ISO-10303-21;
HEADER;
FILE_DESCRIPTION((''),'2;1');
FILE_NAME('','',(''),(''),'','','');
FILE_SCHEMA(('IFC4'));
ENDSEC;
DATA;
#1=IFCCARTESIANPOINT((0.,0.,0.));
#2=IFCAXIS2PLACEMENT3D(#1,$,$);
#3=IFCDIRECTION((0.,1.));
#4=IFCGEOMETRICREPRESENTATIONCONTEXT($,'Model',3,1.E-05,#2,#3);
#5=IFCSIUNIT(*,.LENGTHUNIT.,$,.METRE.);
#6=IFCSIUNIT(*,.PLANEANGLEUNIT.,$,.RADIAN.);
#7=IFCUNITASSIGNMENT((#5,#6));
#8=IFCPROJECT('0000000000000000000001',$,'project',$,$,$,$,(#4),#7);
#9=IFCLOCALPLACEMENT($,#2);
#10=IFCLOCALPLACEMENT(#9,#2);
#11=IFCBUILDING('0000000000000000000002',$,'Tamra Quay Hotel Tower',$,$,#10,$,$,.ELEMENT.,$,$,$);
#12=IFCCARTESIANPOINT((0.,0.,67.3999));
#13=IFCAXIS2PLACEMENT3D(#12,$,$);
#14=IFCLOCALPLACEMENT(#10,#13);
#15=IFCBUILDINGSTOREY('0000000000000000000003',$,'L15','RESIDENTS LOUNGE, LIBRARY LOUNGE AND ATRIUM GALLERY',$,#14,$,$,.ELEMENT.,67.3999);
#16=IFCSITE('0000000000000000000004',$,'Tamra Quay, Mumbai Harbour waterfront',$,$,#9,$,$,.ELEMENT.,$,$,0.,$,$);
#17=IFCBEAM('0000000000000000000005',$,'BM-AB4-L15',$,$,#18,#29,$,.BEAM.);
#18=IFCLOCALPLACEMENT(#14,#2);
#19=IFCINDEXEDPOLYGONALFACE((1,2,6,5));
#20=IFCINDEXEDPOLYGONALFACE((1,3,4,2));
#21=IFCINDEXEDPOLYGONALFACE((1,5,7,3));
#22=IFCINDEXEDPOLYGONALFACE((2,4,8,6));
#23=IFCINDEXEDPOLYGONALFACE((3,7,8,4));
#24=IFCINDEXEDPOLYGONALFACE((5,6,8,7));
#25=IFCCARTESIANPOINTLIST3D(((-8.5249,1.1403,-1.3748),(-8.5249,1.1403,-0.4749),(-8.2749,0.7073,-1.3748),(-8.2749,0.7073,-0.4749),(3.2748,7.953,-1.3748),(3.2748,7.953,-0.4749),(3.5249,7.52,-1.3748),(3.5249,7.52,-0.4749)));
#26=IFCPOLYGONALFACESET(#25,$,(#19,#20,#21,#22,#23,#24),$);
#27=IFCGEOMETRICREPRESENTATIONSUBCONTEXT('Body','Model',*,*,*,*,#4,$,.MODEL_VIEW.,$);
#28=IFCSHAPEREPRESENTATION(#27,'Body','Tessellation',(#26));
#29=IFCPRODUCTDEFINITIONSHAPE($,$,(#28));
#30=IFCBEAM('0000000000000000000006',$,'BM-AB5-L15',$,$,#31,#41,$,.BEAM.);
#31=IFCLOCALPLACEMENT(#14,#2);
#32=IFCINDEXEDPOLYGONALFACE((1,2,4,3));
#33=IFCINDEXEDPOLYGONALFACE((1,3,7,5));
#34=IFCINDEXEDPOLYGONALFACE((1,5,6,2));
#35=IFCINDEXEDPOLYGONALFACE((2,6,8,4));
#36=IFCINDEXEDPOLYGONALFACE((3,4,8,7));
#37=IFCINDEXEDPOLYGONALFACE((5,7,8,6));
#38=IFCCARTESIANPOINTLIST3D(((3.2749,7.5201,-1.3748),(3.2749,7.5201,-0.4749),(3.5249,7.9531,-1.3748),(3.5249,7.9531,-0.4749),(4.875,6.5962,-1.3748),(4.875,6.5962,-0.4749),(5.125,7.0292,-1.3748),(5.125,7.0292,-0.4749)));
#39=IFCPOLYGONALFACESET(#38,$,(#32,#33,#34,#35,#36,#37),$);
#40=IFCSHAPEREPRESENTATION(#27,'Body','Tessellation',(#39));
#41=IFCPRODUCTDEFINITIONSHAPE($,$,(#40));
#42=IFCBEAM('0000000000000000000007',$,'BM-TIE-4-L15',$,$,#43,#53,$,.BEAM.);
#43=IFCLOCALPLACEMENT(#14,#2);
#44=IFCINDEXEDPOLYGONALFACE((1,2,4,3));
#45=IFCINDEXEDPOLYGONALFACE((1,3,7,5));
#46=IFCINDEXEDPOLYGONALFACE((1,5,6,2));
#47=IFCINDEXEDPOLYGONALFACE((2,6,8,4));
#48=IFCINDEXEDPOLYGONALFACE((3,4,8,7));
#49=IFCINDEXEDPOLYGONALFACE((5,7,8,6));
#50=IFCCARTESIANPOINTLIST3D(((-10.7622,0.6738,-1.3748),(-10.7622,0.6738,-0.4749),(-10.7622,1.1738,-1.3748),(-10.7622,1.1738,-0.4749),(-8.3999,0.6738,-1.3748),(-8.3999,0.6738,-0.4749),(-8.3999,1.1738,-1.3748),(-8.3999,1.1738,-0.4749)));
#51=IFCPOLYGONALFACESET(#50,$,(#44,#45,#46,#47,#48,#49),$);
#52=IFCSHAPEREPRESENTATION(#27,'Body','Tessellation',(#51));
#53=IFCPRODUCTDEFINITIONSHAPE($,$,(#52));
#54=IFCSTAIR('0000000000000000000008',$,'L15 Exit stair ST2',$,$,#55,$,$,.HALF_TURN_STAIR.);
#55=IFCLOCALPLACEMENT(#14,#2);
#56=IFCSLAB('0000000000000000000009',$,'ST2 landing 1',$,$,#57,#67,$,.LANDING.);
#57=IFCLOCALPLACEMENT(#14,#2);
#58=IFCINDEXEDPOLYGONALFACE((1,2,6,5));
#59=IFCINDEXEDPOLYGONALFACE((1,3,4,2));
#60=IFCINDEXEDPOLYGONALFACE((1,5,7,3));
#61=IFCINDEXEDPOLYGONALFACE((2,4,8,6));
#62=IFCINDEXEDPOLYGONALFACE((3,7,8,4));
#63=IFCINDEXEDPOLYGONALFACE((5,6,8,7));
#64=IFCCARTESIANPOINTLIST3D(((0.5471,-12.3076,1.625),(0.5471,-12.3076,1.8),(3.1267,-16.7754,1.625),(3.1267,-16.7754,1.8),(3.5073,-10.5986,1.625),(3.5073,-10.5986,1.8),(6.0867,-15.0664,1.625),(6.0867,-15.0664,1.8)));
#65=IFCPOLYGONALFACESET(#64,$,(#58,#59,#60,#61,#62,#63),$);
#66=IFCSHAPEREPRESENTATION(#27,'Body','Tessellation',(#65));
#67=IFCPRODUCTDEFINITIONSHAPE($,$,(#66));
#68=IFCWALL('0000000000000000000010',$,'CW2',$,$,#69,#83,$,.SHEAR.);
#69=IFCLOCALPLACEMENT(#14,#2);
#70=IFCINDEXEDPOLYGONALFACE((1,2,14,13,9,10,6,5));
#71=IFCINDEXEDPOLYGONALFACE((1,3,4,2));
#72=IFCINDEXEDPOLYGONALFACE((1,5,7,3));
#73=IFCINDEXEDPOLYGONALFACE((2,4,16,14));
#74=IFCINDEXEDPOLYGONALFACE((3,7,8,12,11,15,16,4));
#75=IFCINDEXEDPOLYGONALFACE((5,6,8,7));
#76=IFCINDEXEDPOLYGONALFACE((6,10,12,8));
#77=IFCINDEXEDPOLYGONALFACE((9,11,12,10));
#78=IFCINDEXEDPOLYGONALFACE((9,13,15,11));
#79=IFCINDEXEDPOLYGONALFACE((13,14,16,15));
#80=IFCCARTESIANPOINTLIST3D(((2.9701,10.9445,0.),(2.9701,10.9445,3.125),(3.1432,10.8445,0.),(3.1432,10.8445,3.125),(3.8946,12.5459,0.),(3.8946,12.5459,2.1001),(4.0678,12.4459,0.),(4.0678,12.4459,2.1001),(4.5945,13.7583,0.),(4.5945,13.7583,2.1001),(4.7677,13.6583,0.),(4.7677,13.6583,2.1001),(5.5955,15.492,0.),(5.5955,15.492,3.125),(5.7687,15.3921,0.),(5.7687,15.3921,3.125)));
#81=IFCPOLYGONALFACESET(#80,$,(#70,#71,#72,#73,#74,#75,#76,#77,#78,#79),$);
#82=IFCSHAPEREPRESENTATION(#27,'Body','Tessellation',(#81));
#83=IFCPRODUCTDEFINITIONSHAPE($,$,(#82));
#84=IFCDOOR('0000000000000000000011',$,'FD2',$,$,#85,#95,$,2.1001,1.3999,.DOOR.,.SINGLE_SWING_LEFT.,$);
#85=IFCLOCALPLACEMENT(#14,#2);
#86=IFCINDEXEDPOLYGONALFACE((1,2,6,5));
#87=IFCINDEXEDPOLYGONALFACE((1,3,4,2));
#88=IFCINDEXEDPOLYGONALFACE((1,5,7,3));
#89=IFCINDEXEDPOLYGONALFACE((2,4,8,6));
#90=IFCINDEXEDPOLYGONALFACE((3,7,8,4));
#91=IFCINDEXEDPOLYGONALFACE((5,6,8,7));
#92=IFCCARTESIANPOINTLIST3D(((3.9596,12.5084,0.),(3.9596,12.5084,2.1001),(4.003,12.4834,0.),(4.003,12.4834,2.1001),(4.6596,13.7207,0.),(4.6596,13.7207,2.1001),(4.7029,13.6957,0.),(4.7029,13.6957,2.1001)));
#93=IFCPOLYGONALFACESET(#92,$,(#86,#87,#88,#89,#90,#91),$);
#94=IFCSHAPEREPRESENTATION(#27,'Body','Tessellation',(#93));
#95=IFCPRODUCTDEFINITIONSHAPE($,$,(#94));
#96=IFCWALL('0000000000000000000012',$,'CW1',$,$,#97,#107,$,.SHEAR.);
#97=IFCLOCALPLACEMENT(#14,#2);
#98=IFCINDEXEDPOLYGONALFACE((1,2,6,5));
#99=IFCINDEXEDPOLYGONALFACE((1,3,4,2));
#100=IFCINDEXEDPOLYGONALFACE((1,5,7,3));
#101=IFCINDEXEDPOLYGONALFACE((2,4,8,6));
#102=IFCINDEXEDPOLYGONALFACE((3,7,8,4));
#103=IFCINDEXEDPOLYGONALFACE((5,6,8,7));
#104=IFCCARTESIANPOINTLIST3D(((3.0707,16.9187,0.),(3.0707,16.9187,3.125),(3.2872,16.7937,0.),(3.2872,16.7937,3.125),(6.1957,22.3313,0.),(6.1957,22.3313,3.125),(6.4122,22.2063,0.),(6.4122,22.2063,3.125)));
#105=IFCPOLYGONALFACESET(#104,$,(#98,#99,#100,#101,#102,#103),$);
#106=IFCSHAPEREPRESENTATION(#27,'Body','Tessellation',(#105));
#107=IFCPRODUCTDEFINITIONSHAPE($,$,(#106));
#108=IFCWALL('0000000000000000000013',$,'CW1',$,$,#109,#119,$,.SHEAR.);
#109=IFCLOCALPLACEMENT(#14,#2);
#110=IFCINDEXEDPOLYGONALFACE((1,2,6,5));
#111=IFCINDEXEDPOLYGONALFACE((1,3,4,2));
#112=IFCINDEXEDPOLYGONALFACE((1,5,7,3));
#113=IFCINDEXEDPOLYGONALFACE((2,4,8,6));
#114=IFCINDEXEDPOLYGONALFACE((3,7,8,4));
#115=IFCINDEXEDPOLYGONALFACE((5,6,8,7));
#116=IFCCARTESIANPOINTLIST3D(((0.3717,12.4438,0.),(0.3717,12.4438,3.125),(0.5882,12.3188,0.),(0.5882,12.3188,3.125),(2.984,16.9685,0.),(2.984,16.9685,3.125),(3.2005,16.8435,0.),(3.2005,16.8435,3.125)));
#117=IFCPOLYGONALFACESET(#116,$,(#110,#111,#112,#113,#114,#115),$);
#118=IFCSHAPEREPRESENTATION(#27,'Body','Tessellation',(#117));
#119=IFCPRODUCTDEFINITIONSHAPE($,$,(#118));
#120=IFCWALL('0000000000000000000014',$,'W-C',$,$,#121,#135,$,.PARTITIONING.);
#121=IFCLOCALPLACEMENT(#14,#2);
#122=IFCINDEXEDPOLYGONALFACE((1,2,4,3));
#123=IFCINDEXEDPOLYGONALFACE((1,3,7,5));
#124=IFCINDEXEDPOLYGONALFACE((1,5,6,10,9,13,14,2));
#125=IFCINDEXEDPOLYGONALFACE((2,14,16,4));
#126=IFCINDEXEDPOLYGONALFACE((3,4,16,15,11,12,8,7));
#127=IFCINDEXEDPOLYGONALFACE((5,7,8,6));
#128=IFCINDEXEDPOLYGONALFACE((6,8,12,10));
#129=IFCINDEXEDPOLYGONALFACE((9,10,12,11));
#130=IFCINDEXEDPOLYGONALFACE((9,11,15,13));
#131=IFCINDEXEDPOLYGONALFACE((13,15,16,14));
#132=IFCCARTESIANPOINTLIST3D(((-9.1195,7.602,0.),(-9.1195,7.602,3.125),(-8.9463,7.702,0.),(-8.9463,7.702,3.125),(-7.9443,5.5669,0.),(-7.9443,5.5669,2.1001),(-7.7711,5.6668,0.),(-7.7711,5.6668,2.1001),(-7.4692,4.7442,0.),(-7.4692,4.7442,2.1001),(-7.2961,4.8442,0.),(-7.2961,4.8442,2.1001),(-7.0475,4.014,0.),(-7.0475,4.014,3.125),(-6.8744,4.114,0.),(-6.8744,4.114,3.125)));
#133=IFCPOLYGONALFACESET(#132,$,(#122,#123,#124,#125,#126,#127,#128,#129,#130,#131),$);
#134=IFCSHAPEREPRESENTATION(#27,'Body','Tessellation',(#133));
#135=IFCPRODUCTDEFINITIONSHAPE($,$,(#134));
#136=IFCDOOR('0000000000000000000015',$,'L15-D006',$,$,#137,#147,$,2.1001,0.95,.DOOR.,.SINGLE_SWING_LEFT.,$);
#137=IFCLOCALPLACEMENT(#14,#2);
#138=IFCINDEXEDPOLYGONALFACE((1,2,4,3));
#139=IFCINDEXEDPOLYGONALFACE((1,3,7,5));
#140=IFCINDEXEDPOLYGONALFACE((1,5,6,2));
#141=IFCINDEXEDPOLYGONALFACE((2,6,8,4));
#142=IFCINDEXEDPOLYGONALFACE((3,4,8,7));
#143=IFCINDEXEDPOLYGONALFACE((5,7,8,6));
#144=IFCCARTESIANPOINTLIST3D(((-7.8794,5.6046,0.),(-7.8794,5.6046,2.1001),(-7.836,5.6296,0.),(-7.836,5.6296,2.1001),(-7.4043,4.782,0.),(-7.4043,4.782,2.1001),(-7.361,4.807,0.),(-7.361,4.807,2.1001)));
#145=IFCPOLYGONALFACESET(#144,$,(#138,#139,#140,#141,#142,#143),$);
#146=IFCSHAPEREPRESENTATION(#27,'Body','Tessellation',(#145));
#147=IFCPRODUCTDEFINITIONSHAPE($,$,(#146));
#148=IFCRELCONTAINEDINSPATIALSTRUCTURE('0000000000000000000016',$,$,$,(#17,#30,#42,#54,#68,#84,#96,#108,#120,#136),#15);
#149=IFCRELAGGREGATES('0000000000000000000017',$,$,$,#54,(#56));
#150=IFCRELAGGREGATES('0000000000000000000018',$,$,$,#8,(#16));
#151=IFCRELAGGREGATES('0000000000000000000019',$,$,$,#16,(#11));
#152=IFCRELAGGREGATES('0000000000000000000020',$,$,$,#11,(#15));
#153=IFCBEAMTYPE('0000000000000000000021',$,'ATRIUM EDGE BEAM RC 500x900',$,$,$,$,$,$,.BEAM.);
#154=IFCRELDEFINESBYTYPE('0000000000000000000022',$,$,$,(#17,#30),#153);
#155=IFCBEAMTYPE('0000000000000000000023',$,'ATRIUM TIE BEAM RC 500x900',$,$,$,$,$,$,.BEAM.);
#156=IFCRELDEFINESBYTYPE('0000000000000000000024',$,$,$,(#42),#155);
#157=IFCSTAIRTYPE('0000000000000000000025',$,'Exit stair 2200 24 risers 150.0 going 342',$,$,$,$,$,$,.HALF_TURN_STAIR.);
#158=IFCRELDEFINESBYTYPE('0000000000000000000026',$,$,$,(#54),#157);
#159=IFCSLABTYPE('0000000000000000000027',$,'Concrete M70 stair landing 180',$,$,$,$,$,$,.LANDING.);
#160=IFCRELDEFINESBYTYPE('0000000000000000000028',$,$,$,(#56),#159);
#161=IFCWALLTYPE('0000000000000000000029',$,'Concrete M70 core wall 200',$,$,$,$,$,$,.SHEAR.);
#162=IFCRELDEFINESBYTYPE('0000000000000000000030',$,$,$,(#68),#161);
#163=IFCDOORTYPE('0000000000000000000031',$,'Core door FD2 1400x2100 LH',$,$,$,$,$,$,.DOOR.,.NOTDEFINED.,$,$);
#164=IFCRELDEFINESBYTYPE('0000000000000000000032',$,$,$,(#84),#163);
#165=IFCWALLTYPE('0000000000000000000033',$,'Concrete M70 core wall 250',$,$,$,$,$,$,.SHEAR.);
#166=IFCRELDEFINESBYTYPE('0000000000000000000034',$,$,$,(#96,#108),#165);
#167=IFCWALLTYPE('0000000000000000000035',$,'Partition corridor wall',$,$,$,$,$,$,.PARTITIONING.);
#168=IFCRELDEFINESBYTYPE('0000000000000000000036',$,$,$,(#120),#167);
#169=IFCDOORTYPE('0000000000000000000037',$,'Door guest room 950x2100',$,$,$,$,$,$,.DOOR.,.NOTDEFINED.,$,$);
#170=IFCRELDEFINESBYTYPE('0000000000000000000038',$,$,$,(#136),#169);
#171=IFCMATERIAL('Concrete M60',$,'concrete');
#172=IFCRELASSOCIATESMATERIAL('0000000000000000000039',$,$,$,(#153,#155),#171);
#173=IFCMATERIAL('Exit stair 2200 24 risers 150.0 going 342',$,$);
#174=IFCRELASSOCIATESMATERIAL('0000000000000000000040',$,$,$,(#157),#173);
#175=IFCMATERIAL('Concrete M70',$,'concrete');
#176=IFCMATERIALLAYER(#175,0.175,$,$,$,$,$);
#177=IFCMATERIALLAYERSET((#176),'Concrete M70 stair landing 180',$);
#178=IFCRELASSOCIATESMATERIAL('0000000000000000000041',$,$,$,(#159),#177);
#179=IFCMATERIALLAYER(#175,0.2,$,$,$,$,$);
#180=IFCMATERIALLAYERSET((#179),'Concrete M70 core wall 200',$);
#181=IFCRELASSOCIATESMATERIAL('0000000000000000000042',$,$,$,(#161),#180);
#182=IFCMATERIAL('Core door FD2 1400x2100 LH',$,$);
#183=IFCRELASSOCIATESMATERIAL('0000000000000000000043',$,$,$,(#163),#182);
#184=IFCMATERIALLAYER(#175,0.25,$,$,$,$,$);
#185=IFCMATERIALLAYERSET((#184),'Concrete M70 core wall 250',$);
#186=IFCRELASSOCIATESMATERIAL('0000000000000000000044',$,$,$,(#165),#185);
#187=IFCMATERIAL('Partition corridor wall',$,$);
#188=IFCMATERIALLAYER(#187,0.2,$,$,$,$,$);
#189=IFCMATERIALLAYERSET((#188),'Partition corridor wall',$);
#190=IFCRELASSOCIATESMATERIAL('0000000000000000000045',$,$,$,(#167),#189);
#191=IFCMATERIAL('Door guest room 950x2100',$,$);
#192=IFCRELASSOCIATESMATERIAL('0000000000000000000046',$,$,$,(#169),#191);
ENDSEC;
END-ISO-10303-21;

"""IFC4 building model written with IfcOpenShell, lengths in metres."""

from ifc_helpers import new_model, si_unit, direction, frame, frame_2d, origin, origin_2d, place, context, subcontext, project, spatial, polyline, rectangle, outline, extrude, material, layer, layer_set, material_profile, profile_set, type_object, element, fill, aggregate, save


model = new_model("IFC4")

# Units and contexts
model_context = context("Model", 3, precision=1e-05, world=origin(), true_north=direction((0.0, 1.0)))
body_context = subcontext(model_context, "Body", "Model", "MODEL_VIEW")
ifc_project = project(units=[si_unit("LENGTHUNIT", "METRE"), si_unit("PLANEANGLEUNIT", "RADIAN")], contexts=[model_context])

# Site, building, storey
site_placement = place(None, origin())
site = spatial("IfcSite", under=ifc_project, at=site_placement, Name="Tamra Quay, Mumbai Harbour waterfront", CompositionType="ELEMENT", RefElevation=0.0)
building_placement = place(site_placement, origin())
building = spatial("IfcBuilding", under=site, at=building_placement, Name="Tamra Quay Hotel Tower", CompositionType="ELEMENT")
storey_placement = place(building_placement, frame((0.0, 0.0, 67.3999)))
storey = spatial("IfcBuildingStorey", under=building, at=storey_placement, Name="L15", Description="RESIDENTS LOUNGE, LIBRARY LOUNGE AND ATRIUM GALLERY", CompositionType="ELEMENT", Elevation=67.3999)

# Beams
ifc_material_1 = material(Name="Concrete M60", Category="concrete")
ifc_material_profile_1 = material_profile(ifc_material_1, rectangle(XDim=0.5, YDim=0.8999, at=origin_2d()), Name="ATRIUM EDGE BEAM RC 500x900")
ifc_profile_set_1 = profile_set([ifc_material_profile_1], Name="Concrete M60")
beam_type_1 = type_object("IfcBeamType", Name="ATRIUM EDGE BEAM RC 500x900", PredefinedType="BEAM", material=ifc_profile_set_1)
beam_1_placement = place(storey_placement, frame((-8.3999, 0.9238, -0.9248), z_axis=(0.866021, 0.500007, 0.0), x_axis=(-0.500007, 0.866021, 0.0)))
element("IfcBeam", 1, at=beam_1_placement, inside=storey, type_object=beam_type_1, Name="BM-AB4-L15", PredefinedType="BEAM", context=body_context, shape_type="SweptSolid", body=[
    extrude(rectangle(XDim=0.5, YDim=0.8999, at=origin_2d()), origin(), (0.0, 0.0, 1.0), 13.6252),
])
beam_2_placement = place(storey_placement, frame((3.3999, 7.7366, -0.9248), z_axis=(0.866023, -0.500005, 0.0), x_axis=(0.500005, 0.866023, 0.0)))
element("IfcBeam", 2, at=beam_2_placement, inside=storey, type_object=beam_type_1, Name="BM-AB5-L15", PredefinedType="BEAM", context=body_context, shape_type="SweptSolid", body=[
    extrude(rectangle(XDim=0.5, YDim=0.8999, at=origin_2d()), origin(), (0.0, 0.0, 1.0), 1.8477),
])
ifc_material_profile_2 = material_profile(ifc_material_1, rectangle(XDim=0.5, YDim=0.8999, at=origin_2d()), Name="ATRIUM TIE BEAM RC 500x900")
ifc_profile_set_2 = profile_set([ifc_material_profile_2], Name="Concrete M60")
beam_type_2 = type_object("IfcBeamType", Name="ATRIUM TIE BEAM RC 500x900", PredefinedType="BEAM", material=ifc_profile_set_2)
beam_3_placement = place(storey_placement, frame((-8.3999, 0.9238, -0.9248), z_axis=(-1.0, 0.0, 0.0), x_axis=(0.0, -1.0, 0.0)))
element("IfcBeam", 3, at=beam_3_placement, inside=storey, type_object=beam_type_2, Name="BM-TIE-4-L15", PredefinedType="BEAM", context=body_context, shape_type="SweptSolid", body=[
    extrude(rectangle(XDim=0.5, YDim=0.8999, at=origin_2d()), origin(), (0.0, 0.0, 1.0), 2.3623),
])

# Stair, slab
ifc_material_2 = material(Name="Exit stair 2200 24 risers 150.0 going 342")
stair_type = type_object("IfcStairType", Name="Exit stair 2200 24 risers 150.0 going 342", PredefinedType="HALF_TURN_STAIR", material=ifc_material_2)
stair_placement = place(storey_placement, origin())
stair = element("IfcStair", 4, at=stair_placement, inside=storey, type_object=stair_type, Name="L15 Exit stair ST2", PredefinedType="HALF_TURN_STAIR")
ifc_material_3 = material(Name="Concrete M70", Category="concrete")
ifc_layer_1 = layer(ifc_material_3, 0.175)
ifc_layer_set_1 = layer_set([ifc_layer_1], Name="Concrete M70 stair landing 180")
slab_type = type_object("IfcSlabType", Name="Concrete M70 stair landing 180", PredefinedType="LANDING", material=ifc_layer_set_1)
slab_placement = place(storey_placement, frame((0.0, 0.0, 1.625)))
slab = element("IfcSlab", 5, at=slab_placement, type_object=slab_type, Name="ST2 landing 1", PredefinedType="LANDING", context=body_context, shape_type="SweptSolid", body=[
    extrude(outline(polyline([(3.5073, -10.5986), (0.5471, -12.3076), (3.1267, -16.7754), (6.0867, -15.0664), (3.5073, -10.5986)])), origin(), (0.0, 0.0, 1.0), 0.175),
])
aggregate(stair, [slab])

# Wall, opening, door
ifc_layer_2 = layer(ifc_material_3, 0.2)
ifc_layer_set_2 = layer_set([ifc_layer_2], Name="Concrete M70 core wall 200")
wall_type_1 = type_object("IfcWallType", Name="Concrete M70 core wall 200", PredefinedType="SHEAR", material=ifc_layer_set_2)
wall_1_placement = place(storey_placement, frame((3.0566, 10.8945, 0.0), z_axis=(0.0, 0.0, 1.0), x_axis=(0.499989, 0.866032, 0.0)))
wall_1 = element("IfcWall", 6, at=wall_1_placement, inside=storey, type_object=wall_type_1, Name="CW2", PredefinedType="SHEAR", context=body_context, shape_type="SweptSolid", body=[
    extrude(rectangle(XDim=5.251, YDim=0.2, at=frame_2d((2.6255, 0.0))), origin(), (0.0, 0.0, 1.0), 3.125),
])
opening_1_placement = place(wall_1_placement, frame((1.8491, 0.0, 0.0)))
opening_1 = element("IfcOpeningElement", 7, at=opening_1_placement, cuts=wall_1, PredefinedType="OPENING", context=body_context, shape_type="SweptSolid", body=[
    extrude(rectangle(XDim=1.3999, YDim=2.1001, at=frame_2d((0.7, 1.05))), frame((0.0, 0.1099, 0.0), z_axis=(0.0, -1.0, 0.0), x_axis=(1.0, 0.0, 0.0)), (0.0, 0.0, 1.0), 0.22),
])
ifc_material_4 = material(Name="Core door FD2 1400x2100 LH")
door_type_1 = type_object("IfcDoorType", Name="Core door FD2 1400x2100 LH", OperationType="NOTDEFINED", PredefinedType="DOOR", material=ifc_material_4)
door_1_placement = place(opening_1_placement, origin())
door_1 = element("IfcDoor", 8, at=door_1_placement, inside=storey, type_object=door_type_1, Name="FD2", OperationType="SINGLE_SWING_LEFT", OverallHeight=2.1001, OverallWidth=1.3999, PredefinedType="DOOR", context=body_context, shape_type="SweptSolid", body=[
    extrude(rectangle(XDim=1.3999, YDim=2.1001, at=frame_2d((0.7, 1.05))), frame((0.0, 0.0249, 0.0), z_axis=(0.0, -1.0, 0.0), x_axis=(1.0, 0.0, 0.0)), (0.0, 0.0, 1.0), 0.05),
])
fill(opening_1, door_1)

# Walls
ifc_layer_3 = layer(ifc_material_3, 0.25)
ifc_layer_set_3 = layer_set([ifc_layer_3], Name="Concrete M70 core wall 250")
wall_type_2 = type_object("IfcWallType", Name="Concrete M70 core wall 250", PredefinedType="SHEAR", material=ifc_layer_set_3)
wall_2_placement = place(storey_placement, frame((3.179, 16.8562, 0.0), z_axis=(0.0, 0.0, 1.0), x_axis=(0.500004, 0.866023, 0.0)))
element("IfcWall", 9, at=wall_2_placement, inside=storey, type_object=wall_type_2, Name="CW1", PredefinedType="SHEAR", context=body_context, shape_type="SweptSolid", body=[
    extrude(rectangle(XDim=6.25, YDim=0.25, at=frame_2d((3.125, 0.0))), origin(), (0.0, 0.0, 1.0), 3.125),
])
wall_3_placement = place(storey_placement, frame((0.48, 12.3813, 0.0), z_axis=(0.0, 0.0, 1.0), x_axis=(0.499999, 0.866026, 0.0)))
element("IfcWall", 10, at=wall_3_placement, inside=storey, type_object=wall_type_2, Name="CW1", PredefinedType="SHEAR", context=body_context, shape_type="SweptSolid", body=[
    extrude(rectangle(XDim=5.2246, YDim=0.25, at=frame_2d((2.6123, 0.0))), origin(), (0.0, 0.0, 1.0), 3.125),
])

# Wall, opening, door
ifc_material_5 = material(Name="Partition corridor wall")
ifc_layer_4 = layer(ifc_material_5, 0.2)
ifc_layer_set_4 = layer_set([ifc_layer_4], Name="Partition corridor wall")
wall_type_3 = type_object("IfcWallType", Name="Partition corridor wall", PredefinedType="PARTITIONING", material=ifc_layer_set_4)
wall_4_placement = place(storey_placement, frame((-9.033, 7.6521, 0.0), z_axis=(0.0, 0.0, 1.0), x_axis=(0.500074, -0.865982, 0.0)))
wall_4 = element("IfcWall", 11, at=wall_4_placement, inside=storey, type_object=wall_type_3, Name="W-C", PredefinedType="PARTITIONING", context=body_context, shape_type="SweptSolid", body=[
    extrude(rectangle(XDim=4.1433, YDim=0.2, at=frame_2d((2.0718, 0.0))), origin(), (0.0, 0.0, 1.0), 3.125),
])
opening_2_placement = place(wall_4_placement, frame((2.3501, 0.0, 0.0)))
opening_2 = element("IfcOpeningElement", 12, at=opening_2_placement, cuts=wall_4, PredefinedType="OPENING", context=body_context, shape_type="SweptSolid", body=[
    extrude(rectangle(XDim=0.95, YDim=2.1001, at=frame_2d((0.4751, 1.05))), frame((0.0, 0.1099, 0.0), z_axis=(0.0, -1.0, 0.0), x_axis=(1.0, 0.0, 0.0)), (0.0, 0.0, 1.0), 0.22),
])
ifc_material_6 = material(Name="Door guest room 950x2100")
door_type_2 = type_object("IfcDoorType", Name="Door guest room 950x2100", OperationType="NOTDEFINED", PredefinedType="DOOR", material=ifc_material_6)
door_2_placement = place(opening_2_placement, frame((0.95, 0.0, 0.0), z_axis=(0.0, 0.0, 1.0), x_axis=(-1.0, 0.0, 0.0)))
door_2 = element("IfcDoor", 13, at=door_2_placement, inside=storey, type_object=door_type_2, Name="L15-D006", OperationType="SINGLE_SWING_LEFT", OverallHeight=2.1001, OverallWidth=0.95, PredefinedType="DOOR", context=body_context, shape_type="SweptSolid", body=[
    extrude(rectangle(XDim=0.95, YDim=2.1001, at=frame_2d((0.4751, 1.05))), frame((0.0, 0.0249, 0.0), z_axis=(0.0, -1.0, 0.0), x_axis=(1.0, 0.0, 0.0)), (0.0, 0.0, 1.0), 0.05),
])
fill(opening_2, door_2)

save(model, "model.ifc")
